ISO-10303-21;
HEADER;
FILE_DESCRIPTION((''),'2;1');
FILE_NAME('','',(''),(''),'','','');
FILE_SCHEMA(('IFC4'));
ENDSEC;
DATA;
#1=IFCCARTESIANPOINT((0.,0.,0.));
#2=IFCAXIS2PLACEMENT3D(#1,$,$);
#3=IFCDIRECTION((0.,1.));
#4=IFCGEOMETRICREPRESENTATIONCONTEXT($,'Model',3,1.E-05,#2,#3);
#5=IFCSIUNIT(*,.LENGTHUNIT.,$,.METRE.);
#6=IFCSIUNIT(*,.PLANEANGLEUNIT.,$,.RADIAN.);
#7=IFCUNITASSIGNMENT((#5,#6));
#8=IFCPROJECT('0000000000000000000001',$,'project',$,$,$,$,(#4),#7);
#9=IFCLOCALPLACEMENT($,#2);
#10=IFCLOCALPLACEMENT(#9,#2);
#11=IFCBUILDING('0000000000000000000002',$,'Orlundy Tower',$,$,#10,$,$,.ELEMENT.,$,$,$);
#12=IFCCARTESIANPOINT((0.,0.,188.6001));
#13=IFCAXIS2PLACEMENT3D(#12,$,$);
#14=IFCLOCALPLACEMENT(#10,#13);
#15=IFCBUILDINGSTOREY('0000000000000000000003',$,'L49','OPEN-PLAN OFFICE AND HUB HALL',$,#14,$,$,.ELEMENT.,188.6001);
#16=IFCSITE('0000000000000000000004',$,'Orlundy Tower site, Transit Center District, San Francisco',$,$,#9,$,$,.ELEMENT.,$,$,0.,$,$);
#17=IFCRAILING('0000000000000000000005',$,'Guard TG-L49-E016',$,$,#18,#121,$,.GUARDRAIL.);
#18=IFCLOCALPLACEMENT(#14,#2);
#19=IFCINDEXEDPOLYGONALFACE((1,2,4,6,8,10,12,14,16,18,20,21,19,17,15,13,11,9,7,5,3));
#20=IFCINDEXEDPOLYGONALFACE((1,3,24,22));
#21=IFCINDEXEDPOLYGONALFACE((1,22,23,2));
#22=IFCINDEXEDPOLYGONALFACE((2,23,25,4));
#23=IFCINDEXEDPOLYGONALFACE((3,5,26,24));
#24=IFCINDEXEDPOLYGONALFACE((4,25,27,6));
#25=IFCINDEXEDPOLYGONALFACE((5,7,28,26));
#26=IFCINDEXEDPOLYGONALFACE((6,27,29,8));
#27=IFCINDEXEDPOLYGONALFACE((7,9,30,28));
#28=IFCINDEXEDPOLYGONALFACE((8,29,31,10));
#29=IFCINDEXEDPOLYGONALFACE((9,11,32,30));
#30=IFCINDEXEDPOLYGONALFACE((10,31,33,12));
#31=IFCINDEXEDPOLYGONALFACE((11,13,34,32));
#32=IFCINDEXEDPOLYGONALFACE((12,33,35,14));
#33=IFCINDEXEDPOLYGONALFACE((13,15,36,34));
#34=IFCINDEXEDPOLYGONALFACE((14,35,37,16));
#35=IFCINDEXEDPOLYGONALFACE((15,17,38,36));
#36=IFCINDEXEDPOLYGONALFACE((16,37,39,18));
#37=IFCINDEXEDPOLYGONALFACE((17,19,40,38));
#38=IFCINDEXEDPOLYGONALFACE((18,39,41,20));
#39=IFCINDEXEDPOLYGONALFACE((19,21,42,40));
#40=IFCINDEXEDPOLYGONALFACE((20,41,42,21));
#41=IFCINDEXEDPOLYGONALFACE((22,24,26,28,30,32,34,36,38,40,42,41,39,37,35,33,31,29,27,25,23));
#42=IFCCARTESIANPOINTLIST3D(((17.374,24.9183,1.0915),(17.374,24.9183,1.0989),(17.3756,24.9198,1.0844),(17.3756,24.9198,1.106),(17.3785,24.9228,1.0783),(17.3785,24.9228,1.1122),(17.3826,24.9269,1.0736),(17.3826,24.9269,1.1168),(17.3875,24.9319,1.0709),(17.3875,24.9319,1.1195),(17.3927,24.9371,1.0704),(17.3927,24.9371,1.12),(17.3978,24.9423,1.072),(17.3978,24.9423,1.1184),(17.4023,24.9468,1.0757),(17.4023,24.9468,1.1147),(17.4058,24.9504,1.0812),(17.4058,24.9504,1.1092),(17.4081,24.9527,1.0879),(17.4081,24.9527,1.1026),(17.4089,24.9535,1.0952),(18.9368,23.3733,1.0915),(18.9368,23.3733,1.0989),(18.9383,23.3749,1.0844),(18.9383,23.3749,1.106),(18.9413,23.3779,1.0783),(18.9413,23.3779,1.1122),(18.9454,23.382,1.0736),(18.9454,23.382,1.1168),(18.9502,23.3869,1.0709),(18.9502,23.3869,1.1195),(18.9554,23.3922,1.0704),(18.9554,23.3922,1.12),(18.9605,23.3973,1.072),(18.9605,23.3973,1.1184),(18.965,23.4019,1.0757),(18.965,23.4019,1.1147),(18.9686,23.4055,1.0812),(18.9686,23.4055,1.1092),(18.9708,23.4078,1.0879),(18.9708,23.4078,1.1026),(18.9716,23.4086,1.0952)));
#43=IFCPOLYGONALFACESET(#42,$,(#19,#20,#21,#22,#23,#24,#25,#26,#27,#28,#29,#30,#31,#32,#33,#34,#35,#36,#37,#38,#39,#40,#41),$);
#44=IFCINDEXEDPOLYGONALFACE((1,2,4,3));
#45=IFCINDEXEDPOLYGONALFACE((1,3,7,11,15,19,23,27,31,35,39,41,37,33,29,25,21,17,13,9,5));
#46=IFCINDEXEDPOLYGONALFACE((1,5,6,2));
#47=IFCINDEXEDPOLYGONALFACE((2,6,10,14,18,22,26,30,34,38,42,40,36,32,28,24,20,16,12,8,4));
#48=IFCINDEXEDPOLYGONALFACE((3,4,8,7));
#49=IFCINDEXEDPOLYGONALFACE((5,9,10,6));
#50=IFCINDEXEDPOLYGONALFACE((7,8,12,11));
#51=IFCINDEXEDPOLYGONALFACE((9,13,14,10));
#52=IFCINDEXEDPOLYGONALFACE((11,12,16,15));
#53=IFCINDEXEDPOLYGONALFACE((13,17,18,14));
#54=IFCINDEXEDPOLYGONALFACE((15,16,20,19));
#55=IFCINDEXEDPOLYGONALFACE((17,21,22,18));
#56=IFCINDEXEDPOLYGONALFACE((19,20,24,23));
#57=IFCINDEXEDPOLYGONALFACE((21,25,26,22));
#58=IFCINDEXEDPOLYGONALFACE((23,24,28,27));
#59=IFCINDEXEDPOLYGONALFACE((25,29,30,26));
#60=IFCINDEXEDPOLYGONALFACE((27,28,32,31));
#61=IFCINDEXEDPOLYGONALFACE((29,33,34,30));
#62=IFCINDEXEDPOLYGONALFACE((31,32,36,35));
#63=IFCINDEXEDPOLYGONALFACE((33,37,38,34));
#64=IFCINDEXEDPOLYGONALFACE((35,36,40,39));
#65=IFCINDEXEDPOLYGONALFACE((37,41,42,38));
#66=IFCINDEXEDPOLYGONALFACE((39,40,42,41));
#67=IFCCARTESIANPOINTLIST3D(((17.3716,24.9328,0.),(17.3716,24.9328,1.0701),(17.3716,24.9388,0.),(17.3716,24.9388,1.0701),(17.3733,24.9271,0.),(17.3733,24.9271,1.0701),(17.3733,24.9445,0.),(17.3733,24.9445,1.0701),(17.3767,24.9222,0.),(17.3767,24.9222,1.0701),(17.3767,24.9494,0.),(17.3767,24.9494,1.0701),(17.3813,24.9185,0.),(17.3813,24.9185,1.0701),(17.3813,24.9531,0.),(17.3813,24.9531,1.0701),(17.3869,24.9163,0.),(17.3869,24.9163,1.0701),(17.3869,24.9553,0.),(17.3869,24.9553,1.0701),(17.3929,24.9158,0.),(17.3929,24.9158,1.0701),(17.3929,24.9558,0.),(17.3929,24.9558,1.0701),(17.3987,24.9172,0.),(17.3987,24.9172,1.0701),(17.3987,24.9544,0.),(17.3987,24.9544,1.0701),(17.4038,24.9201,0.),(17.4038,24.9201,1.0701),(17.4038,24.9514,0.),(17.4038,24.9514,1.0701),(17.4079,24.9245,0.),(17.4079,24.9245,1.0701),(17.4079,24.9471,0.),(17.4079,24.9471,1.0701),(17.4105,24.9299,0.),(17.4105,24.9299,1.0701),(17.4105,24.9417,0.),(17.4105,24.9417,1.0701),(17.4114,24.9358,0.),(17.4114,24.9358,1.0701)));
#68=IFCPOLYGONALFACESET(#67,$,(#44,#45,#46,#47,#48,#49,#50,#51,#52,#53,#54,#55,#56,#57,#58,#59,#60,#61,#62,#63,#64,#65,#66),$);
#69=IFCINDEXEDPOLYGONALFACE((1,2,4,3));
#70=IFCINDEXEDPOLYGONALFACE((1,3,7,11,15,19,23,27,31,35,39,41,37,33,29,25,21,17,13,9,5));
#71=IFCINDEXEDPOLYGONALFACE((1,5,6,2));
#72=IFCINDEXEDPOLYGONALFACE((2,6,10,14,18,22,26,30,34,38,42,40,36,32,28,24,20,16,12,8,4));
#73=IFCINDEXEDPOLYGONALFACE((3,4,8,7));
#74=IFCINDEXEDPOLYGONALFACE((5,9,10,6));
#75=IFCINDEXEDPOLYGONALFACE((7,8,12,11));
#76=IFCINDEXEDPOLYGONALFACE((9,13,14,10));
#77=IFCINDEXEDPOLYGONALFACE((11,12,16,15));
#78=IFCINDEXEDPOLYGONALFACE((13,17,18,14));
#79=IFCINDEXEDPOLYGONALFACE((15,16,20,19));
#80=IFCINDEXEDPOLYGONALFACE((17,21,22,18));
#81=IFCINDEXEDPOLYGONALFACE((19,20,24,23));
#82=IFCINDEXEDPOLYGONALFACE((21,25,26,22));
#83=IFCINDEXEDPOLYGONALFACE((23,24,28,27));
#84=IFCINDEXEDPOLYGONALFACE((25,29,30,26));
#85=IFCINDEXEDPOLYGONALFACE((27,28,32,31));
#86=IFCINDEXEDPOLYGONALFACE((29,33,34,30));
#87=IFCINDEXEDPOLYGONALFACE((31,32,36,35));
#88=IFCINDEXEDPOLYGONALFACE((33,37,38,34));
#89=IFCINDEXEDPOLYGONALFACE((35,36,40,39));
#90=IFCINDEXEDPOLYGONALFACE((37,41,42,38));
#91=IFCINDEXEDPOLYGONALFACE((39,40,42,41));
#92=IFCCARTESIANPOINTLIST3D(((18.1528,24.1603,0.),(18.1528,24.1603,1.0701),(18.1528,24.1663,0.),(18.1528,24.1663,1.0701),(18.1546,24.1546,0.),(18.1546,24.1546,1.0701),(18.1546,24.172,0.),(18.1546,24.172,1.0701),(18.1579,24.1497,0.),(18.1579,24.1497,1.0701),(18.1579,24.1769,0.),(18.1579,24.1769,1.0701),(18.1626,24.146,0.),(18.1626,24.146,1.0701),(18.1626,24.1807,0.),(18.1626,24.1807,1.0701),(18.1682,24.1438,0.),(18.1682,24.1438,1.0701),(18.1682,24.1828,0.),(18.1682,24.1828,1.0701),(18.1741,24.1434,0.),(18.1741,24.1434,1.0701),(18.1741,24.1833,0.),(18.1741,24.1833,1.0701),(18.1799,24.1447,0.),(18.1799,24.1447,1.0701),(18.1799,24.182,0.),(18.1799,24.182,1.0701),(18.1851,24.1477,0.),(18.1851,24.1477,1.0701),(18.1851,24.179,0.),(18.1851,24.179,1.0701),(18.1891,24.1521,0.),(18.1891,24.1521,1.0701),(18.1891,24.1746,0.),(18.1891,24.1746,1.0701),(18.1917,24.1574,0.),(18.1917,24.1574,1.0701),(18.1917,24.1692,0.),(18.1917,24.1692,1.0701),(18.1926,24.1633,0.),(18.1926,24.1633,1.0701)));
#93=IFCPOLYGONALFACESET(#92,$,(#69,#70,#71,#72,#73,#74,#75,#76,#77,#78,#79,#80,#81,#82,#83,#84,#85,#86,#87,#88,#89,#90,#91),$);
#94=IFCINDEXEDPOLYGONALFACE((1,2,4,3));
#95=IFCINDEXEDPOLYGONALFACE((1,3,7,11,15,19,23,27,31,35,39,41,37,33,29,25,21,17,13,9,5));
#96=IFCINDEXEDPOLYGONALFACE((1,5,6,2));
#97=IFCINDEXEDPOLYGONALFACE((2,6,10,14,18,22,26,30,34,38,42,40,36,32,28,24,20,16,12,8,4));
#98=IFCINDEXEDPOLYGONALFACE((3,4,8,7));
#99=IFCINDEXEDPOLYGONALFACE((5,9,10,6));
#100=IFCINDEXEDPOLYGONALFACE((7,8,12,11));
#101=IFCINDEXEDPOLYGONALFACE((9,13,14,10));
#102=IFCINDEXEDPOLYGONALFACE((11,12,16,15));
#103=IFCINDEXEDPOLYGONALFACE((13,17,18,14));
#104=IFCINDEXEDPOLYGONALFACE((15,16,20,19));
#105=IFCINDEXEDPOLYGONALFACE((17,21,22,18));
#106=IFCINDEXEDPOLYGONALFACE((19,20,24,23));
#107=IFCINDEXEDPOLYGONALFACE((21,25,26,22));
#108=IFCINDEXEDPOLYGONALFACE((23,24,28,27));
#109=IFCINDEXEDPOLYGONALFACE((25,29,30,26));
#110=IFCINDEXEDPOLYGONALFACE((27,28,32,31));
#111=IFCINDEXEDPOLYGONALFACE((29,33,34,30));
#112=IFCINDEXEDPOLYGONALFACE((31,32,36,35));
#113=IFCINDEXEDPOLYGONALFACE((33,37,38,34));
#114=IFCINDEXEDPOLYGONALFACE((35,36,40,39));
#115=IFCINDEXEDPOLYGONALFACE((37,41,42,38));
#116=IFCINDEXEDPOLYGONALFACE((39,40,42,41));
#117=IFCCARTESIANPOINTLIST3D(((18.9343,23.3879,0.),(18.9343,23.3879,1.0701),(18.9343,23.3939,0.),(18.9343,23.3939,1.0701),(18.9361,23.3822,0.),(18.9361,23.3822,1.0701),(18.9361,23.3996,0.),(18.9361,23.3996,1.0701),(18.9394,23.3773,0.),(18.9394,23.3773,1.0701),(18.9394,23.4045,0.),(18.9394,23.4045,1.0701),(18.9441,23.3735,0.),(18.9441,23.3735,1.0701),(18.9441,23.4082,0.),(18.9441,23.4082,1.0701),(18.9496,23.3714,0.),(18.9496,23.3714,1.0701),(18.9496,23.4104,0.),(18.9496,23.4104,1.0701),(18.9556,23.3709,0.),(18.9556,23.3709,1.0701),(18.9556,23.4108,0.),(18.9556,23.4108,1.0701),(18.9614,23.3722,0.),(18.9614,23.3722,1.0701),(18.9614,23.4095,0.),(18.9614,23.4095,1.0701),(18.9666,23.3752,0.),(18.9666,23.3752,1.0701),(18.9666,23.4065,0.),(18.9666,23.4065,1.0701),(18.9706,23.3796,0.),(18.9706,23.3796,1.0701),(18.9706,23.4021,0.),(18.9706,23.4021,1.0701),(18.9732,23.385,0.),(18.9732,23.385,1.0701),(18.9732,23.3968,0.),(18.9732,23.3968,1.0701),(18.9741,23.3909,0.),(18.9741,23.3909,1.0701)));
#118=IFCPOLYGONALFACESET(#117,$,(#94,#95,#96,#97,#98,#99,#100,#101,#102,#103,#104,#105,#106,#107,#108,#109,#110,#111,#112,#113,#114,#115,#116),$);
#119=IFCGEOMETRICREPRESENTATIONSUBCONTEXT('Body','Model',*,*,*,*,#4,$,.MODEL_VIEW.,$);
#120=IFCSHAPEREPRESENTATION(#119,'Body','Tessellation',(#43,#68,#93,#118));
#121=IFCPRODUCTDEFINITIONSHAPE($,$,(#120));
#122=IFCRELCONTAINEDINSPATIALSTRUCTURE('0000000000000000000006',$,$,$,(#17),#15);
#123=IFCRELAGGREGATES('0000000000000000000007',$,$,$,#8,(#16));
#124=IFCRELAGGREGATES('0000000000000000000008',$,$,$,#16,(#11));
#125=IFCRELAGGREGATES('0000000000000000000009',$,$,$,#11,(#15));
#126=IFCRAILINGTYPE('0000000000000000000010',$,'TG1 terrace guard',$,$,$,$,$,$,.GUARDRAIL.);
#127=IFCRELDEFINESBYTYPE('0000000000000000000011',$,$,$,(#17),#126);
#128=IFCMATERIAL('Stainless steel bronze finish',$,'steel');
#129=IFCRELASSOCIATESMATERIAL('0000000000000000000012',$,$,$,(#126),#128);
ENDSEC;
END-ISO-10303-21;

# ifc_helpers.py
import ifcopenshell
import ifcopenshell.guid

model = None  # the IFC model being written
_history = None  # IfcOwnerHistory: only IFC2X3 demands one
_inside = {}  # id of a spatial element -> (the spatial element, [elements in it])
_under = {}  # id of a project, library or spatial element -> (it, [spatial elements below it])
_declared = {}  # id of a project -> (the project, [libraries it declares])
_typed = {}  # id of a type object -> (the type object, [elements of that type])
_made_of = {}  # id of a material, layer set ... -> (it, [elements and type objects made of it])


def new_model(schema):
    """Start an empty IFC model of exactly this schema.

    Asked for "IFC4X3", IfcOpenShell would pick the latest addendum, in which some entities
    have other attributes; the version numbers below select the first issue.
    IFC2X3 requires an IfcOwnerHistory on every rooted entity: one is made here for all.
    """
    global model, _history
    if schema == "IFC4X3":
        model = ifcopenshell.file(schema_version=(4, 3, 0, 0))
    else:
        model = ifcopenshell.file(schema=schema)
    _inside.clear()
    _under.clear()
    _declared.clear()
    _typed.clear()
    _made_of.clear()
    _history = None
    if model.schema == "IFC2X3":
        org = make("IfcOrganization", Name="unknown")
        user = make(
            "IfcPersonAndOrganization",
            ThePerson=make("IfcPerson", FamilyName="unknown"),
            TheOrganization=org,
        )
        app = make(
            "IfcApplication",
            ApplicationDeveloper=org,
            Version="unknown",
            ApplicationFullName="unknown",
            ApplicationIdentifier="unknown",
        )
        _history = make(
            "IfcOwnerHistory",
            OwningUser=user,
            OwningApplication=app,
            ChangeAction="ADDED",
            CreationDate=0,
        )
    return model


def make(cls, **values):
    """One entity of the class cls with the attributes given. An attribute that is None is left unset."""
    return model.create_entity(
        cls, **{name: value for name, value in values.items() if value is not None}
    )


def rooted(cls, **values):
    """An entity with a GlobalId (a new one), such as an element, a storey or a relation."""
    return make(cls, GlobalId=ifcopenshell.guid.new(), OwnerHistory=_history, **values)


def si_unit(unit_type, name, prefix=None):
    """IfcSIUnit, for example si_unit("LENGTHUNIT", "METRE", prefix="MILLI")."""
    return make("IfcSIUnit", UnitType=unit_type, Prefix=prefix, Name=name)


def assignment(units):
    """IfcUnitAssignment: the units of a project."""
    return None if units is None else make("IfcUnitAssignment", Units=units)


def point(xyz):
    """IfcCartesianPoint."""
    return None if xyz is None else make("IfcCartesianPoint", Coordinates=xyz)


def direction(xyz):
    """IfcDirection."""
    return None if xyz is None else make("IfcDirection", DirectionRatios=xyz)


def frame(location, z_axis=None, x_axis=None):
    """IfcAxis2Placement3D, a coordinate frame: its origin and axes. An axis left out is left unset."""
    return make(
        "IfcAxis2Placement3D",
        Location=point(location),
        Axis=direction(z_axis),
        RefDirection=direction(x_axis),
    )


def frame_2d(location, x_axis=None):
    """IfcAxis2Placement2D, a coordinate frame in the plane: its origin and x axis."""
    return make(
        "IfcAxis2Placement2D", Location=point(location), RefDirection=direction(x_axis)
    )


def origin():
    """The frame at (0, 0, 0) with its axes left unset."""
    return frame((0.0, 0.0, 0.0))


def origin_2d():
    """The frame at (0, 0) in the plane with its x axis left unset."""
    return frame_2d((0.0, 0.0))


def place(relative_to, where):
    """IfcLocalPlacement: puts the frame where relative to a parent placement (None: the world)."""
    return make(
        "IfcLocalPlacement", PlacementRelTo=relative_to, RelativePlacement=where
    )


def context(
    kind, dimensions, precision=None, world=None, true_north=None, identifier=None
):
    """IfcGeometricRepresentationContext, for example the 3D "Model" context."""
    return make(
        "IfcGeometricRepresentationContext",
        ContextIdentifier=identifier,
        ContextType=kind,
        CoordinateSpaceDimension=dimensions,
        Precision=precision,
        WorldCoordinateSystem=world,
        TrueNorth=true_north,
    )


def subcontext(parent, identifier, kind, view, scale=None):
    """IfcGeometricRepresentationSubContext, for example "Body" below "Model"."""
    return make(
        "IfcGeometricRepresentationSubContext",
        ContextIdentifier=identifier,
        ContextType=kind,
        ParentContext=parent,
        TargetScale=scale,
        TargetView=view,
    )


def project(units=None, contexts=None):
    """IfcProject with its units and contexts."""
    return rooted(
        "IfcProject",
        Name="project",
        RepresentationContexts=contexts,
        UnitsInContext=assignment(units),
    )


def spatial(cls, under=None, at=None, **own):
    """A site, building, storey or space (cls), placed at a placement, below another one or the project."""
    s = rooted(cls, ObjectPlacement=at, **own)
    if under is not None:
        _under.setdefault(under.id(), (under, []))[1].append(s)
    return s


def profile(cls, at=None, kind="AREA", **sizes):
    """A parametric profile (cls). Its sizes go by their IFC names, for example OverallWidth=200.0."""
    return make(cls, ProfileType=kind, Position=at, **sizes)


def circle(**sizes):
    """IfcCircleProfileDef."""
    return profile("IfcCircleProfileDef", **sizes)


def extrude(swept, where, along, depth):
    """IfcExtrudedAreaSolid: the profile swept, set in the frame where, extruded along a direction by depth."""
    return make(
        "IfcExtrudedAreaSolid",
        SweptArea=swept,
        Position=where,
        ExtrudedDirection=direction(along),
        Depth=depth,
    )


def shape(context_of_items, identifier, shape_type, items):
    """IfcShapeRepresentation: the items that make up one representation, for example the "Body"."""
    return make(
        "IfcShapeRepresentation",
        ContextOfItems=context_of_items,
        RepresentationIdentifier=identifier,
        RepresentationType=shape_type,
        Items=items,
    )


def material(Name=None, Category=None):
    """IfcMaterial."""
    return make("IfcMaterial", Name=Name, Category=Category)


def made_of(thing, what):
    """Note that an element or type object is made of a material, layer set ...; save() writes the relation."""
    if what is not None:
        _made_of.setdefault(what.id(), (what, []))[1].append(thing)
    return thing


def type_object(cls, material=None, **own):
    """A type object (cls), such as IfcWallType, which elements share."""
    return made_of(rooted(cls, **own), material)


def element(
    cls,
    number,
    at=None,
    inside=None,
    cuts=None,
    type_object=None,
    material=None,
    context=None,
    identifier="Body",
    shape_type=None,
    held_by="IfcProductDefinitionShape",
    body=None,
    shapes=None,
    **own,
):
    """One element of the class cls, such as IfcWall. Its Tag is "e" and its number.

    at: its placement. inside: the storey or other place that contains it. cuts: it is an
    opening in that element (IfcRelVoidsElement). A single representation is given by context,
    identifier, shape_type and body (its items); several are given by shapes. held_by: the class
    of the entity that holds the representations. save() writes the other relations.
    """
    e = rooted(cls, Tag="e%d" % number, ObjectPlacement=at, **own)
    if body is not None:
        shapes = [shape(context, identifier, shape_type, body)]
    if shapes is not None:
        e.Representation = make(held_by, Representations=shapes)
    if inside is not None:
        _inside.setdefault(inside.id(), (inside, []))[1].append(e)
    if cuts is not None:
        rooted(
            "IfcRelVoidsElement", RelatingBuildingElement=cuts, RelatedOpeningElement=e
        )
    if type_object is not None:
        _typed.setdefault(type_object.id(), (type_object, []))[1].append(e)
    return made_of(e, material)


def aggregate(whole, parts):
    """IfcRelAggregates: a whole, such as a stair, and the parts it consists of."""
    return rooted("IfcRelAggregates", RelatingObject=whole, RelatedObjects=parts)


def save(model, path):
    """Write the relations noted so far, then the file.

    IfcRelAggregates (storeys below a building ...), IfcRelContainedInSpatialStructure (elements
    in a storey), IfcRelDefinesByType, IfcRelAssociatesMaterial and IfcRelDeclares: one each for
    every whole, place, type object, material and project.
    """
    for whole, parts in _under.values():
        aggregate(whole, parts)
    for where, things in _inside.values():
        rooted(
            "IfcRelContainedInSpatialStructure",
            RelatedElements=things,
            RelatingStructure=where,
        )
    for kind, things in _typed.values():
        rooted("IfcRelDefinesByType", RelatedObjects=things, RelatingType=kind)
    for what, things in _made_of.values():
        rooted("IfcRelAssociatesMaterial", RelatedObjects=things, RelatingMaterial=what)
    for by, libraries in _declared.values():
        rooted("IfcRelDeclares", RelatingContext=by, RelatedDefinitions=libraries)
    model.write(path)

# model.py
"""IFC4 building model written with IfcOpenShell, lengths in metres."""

from ifc_helpers import new_model, si_unit, direction, frame, origin, origin_2d, place, context, subcontext, project, spatial, circle, extrude, material, type_object, element, save


model = new_model("IFC4")

# Units and contexts
model_context = context("Model", 3, precision=1e-05, world=origin(), true_north=direction((0.0, 1.0)))
body_context = subcontext(model_context, "Body", "Model", "MODEL_VIEW")
ifc_project = project(units=[si_unit("LENGTHUNIT", "METRE"), si_unit("PLANEANGLEUNIT", "RADIAN")], contexts=[model_context])

# Site, building, storey
site_placement = place(None, origin())
site = spatial("IfcSite", under=ifc_project, at=site_placement, Name="Orlundy Tower site, Transit Center District, San Francisco", CompositionType="ELEMENT", RefElevation=0.0)
building_placement = place(site_placement, origin())
building = spatial("IfcBuilding", under=site, at=building_placement, Name="Orlundy Tower", CompositionType="ELEMENT")
storey_placement = place(building_placement, frame((0.0, 0.0, 188.6001)))
storey = spatial("IfcBuildingStorey", under=building, at=storey_placement, Name="L49", Description="OPEN-PLAN OFFICE AND HUB HALL", CompositionType="ELEMENT", Elevation=188.6001)

# Railing
ifc_material_1 = material(Name="Stainless steel bronze finish", Category="steel")
railing_type_1 = type_object("IfcRailingType", Name="TG1 terrace guard", PredefinedType="GUARDRAIL", material=ifc_material_1)
railing_1_placement = place(storey_placement, frame((17.3914, 24.9358, 0.0)))
element("IfcRailing", 1, at=railing_1_placement, inside=storey, type_object=railing_type_1, Name="Guard TG-L49-E016", PredefinedType="GUARDRAIL", context=body_context, shape_type="SweptSolid", body=[
    extrude(circle(Radius=0.0249, at=origin_2d()), frame((0.0, 0.0, 1.0952), z_axis=(0.71115, -0.70304, 0.0), x_axis=(0.70304, 0.71115, 0.0)), (0.0, 0.0, 1.0), 2.1975),
    extrude(circle(Radius=0.02, at=origin_2d()), origin(), (0.0, 0.0, 1.0), 1.0701),
    extrude(circle(Radius=0.02, at=origin_2d()), frame((0.7812, -0.7725, 0.0)), (0.0, 0.0, 1.0), 1.0701),
    extrude(circle(Radius=0.02, at=origin_2d()), frame((1.5627, -1.5449, 0.0)), (0.0, 0.0, 1.0), 1.0701),
])

save(model, "model.ifc")
